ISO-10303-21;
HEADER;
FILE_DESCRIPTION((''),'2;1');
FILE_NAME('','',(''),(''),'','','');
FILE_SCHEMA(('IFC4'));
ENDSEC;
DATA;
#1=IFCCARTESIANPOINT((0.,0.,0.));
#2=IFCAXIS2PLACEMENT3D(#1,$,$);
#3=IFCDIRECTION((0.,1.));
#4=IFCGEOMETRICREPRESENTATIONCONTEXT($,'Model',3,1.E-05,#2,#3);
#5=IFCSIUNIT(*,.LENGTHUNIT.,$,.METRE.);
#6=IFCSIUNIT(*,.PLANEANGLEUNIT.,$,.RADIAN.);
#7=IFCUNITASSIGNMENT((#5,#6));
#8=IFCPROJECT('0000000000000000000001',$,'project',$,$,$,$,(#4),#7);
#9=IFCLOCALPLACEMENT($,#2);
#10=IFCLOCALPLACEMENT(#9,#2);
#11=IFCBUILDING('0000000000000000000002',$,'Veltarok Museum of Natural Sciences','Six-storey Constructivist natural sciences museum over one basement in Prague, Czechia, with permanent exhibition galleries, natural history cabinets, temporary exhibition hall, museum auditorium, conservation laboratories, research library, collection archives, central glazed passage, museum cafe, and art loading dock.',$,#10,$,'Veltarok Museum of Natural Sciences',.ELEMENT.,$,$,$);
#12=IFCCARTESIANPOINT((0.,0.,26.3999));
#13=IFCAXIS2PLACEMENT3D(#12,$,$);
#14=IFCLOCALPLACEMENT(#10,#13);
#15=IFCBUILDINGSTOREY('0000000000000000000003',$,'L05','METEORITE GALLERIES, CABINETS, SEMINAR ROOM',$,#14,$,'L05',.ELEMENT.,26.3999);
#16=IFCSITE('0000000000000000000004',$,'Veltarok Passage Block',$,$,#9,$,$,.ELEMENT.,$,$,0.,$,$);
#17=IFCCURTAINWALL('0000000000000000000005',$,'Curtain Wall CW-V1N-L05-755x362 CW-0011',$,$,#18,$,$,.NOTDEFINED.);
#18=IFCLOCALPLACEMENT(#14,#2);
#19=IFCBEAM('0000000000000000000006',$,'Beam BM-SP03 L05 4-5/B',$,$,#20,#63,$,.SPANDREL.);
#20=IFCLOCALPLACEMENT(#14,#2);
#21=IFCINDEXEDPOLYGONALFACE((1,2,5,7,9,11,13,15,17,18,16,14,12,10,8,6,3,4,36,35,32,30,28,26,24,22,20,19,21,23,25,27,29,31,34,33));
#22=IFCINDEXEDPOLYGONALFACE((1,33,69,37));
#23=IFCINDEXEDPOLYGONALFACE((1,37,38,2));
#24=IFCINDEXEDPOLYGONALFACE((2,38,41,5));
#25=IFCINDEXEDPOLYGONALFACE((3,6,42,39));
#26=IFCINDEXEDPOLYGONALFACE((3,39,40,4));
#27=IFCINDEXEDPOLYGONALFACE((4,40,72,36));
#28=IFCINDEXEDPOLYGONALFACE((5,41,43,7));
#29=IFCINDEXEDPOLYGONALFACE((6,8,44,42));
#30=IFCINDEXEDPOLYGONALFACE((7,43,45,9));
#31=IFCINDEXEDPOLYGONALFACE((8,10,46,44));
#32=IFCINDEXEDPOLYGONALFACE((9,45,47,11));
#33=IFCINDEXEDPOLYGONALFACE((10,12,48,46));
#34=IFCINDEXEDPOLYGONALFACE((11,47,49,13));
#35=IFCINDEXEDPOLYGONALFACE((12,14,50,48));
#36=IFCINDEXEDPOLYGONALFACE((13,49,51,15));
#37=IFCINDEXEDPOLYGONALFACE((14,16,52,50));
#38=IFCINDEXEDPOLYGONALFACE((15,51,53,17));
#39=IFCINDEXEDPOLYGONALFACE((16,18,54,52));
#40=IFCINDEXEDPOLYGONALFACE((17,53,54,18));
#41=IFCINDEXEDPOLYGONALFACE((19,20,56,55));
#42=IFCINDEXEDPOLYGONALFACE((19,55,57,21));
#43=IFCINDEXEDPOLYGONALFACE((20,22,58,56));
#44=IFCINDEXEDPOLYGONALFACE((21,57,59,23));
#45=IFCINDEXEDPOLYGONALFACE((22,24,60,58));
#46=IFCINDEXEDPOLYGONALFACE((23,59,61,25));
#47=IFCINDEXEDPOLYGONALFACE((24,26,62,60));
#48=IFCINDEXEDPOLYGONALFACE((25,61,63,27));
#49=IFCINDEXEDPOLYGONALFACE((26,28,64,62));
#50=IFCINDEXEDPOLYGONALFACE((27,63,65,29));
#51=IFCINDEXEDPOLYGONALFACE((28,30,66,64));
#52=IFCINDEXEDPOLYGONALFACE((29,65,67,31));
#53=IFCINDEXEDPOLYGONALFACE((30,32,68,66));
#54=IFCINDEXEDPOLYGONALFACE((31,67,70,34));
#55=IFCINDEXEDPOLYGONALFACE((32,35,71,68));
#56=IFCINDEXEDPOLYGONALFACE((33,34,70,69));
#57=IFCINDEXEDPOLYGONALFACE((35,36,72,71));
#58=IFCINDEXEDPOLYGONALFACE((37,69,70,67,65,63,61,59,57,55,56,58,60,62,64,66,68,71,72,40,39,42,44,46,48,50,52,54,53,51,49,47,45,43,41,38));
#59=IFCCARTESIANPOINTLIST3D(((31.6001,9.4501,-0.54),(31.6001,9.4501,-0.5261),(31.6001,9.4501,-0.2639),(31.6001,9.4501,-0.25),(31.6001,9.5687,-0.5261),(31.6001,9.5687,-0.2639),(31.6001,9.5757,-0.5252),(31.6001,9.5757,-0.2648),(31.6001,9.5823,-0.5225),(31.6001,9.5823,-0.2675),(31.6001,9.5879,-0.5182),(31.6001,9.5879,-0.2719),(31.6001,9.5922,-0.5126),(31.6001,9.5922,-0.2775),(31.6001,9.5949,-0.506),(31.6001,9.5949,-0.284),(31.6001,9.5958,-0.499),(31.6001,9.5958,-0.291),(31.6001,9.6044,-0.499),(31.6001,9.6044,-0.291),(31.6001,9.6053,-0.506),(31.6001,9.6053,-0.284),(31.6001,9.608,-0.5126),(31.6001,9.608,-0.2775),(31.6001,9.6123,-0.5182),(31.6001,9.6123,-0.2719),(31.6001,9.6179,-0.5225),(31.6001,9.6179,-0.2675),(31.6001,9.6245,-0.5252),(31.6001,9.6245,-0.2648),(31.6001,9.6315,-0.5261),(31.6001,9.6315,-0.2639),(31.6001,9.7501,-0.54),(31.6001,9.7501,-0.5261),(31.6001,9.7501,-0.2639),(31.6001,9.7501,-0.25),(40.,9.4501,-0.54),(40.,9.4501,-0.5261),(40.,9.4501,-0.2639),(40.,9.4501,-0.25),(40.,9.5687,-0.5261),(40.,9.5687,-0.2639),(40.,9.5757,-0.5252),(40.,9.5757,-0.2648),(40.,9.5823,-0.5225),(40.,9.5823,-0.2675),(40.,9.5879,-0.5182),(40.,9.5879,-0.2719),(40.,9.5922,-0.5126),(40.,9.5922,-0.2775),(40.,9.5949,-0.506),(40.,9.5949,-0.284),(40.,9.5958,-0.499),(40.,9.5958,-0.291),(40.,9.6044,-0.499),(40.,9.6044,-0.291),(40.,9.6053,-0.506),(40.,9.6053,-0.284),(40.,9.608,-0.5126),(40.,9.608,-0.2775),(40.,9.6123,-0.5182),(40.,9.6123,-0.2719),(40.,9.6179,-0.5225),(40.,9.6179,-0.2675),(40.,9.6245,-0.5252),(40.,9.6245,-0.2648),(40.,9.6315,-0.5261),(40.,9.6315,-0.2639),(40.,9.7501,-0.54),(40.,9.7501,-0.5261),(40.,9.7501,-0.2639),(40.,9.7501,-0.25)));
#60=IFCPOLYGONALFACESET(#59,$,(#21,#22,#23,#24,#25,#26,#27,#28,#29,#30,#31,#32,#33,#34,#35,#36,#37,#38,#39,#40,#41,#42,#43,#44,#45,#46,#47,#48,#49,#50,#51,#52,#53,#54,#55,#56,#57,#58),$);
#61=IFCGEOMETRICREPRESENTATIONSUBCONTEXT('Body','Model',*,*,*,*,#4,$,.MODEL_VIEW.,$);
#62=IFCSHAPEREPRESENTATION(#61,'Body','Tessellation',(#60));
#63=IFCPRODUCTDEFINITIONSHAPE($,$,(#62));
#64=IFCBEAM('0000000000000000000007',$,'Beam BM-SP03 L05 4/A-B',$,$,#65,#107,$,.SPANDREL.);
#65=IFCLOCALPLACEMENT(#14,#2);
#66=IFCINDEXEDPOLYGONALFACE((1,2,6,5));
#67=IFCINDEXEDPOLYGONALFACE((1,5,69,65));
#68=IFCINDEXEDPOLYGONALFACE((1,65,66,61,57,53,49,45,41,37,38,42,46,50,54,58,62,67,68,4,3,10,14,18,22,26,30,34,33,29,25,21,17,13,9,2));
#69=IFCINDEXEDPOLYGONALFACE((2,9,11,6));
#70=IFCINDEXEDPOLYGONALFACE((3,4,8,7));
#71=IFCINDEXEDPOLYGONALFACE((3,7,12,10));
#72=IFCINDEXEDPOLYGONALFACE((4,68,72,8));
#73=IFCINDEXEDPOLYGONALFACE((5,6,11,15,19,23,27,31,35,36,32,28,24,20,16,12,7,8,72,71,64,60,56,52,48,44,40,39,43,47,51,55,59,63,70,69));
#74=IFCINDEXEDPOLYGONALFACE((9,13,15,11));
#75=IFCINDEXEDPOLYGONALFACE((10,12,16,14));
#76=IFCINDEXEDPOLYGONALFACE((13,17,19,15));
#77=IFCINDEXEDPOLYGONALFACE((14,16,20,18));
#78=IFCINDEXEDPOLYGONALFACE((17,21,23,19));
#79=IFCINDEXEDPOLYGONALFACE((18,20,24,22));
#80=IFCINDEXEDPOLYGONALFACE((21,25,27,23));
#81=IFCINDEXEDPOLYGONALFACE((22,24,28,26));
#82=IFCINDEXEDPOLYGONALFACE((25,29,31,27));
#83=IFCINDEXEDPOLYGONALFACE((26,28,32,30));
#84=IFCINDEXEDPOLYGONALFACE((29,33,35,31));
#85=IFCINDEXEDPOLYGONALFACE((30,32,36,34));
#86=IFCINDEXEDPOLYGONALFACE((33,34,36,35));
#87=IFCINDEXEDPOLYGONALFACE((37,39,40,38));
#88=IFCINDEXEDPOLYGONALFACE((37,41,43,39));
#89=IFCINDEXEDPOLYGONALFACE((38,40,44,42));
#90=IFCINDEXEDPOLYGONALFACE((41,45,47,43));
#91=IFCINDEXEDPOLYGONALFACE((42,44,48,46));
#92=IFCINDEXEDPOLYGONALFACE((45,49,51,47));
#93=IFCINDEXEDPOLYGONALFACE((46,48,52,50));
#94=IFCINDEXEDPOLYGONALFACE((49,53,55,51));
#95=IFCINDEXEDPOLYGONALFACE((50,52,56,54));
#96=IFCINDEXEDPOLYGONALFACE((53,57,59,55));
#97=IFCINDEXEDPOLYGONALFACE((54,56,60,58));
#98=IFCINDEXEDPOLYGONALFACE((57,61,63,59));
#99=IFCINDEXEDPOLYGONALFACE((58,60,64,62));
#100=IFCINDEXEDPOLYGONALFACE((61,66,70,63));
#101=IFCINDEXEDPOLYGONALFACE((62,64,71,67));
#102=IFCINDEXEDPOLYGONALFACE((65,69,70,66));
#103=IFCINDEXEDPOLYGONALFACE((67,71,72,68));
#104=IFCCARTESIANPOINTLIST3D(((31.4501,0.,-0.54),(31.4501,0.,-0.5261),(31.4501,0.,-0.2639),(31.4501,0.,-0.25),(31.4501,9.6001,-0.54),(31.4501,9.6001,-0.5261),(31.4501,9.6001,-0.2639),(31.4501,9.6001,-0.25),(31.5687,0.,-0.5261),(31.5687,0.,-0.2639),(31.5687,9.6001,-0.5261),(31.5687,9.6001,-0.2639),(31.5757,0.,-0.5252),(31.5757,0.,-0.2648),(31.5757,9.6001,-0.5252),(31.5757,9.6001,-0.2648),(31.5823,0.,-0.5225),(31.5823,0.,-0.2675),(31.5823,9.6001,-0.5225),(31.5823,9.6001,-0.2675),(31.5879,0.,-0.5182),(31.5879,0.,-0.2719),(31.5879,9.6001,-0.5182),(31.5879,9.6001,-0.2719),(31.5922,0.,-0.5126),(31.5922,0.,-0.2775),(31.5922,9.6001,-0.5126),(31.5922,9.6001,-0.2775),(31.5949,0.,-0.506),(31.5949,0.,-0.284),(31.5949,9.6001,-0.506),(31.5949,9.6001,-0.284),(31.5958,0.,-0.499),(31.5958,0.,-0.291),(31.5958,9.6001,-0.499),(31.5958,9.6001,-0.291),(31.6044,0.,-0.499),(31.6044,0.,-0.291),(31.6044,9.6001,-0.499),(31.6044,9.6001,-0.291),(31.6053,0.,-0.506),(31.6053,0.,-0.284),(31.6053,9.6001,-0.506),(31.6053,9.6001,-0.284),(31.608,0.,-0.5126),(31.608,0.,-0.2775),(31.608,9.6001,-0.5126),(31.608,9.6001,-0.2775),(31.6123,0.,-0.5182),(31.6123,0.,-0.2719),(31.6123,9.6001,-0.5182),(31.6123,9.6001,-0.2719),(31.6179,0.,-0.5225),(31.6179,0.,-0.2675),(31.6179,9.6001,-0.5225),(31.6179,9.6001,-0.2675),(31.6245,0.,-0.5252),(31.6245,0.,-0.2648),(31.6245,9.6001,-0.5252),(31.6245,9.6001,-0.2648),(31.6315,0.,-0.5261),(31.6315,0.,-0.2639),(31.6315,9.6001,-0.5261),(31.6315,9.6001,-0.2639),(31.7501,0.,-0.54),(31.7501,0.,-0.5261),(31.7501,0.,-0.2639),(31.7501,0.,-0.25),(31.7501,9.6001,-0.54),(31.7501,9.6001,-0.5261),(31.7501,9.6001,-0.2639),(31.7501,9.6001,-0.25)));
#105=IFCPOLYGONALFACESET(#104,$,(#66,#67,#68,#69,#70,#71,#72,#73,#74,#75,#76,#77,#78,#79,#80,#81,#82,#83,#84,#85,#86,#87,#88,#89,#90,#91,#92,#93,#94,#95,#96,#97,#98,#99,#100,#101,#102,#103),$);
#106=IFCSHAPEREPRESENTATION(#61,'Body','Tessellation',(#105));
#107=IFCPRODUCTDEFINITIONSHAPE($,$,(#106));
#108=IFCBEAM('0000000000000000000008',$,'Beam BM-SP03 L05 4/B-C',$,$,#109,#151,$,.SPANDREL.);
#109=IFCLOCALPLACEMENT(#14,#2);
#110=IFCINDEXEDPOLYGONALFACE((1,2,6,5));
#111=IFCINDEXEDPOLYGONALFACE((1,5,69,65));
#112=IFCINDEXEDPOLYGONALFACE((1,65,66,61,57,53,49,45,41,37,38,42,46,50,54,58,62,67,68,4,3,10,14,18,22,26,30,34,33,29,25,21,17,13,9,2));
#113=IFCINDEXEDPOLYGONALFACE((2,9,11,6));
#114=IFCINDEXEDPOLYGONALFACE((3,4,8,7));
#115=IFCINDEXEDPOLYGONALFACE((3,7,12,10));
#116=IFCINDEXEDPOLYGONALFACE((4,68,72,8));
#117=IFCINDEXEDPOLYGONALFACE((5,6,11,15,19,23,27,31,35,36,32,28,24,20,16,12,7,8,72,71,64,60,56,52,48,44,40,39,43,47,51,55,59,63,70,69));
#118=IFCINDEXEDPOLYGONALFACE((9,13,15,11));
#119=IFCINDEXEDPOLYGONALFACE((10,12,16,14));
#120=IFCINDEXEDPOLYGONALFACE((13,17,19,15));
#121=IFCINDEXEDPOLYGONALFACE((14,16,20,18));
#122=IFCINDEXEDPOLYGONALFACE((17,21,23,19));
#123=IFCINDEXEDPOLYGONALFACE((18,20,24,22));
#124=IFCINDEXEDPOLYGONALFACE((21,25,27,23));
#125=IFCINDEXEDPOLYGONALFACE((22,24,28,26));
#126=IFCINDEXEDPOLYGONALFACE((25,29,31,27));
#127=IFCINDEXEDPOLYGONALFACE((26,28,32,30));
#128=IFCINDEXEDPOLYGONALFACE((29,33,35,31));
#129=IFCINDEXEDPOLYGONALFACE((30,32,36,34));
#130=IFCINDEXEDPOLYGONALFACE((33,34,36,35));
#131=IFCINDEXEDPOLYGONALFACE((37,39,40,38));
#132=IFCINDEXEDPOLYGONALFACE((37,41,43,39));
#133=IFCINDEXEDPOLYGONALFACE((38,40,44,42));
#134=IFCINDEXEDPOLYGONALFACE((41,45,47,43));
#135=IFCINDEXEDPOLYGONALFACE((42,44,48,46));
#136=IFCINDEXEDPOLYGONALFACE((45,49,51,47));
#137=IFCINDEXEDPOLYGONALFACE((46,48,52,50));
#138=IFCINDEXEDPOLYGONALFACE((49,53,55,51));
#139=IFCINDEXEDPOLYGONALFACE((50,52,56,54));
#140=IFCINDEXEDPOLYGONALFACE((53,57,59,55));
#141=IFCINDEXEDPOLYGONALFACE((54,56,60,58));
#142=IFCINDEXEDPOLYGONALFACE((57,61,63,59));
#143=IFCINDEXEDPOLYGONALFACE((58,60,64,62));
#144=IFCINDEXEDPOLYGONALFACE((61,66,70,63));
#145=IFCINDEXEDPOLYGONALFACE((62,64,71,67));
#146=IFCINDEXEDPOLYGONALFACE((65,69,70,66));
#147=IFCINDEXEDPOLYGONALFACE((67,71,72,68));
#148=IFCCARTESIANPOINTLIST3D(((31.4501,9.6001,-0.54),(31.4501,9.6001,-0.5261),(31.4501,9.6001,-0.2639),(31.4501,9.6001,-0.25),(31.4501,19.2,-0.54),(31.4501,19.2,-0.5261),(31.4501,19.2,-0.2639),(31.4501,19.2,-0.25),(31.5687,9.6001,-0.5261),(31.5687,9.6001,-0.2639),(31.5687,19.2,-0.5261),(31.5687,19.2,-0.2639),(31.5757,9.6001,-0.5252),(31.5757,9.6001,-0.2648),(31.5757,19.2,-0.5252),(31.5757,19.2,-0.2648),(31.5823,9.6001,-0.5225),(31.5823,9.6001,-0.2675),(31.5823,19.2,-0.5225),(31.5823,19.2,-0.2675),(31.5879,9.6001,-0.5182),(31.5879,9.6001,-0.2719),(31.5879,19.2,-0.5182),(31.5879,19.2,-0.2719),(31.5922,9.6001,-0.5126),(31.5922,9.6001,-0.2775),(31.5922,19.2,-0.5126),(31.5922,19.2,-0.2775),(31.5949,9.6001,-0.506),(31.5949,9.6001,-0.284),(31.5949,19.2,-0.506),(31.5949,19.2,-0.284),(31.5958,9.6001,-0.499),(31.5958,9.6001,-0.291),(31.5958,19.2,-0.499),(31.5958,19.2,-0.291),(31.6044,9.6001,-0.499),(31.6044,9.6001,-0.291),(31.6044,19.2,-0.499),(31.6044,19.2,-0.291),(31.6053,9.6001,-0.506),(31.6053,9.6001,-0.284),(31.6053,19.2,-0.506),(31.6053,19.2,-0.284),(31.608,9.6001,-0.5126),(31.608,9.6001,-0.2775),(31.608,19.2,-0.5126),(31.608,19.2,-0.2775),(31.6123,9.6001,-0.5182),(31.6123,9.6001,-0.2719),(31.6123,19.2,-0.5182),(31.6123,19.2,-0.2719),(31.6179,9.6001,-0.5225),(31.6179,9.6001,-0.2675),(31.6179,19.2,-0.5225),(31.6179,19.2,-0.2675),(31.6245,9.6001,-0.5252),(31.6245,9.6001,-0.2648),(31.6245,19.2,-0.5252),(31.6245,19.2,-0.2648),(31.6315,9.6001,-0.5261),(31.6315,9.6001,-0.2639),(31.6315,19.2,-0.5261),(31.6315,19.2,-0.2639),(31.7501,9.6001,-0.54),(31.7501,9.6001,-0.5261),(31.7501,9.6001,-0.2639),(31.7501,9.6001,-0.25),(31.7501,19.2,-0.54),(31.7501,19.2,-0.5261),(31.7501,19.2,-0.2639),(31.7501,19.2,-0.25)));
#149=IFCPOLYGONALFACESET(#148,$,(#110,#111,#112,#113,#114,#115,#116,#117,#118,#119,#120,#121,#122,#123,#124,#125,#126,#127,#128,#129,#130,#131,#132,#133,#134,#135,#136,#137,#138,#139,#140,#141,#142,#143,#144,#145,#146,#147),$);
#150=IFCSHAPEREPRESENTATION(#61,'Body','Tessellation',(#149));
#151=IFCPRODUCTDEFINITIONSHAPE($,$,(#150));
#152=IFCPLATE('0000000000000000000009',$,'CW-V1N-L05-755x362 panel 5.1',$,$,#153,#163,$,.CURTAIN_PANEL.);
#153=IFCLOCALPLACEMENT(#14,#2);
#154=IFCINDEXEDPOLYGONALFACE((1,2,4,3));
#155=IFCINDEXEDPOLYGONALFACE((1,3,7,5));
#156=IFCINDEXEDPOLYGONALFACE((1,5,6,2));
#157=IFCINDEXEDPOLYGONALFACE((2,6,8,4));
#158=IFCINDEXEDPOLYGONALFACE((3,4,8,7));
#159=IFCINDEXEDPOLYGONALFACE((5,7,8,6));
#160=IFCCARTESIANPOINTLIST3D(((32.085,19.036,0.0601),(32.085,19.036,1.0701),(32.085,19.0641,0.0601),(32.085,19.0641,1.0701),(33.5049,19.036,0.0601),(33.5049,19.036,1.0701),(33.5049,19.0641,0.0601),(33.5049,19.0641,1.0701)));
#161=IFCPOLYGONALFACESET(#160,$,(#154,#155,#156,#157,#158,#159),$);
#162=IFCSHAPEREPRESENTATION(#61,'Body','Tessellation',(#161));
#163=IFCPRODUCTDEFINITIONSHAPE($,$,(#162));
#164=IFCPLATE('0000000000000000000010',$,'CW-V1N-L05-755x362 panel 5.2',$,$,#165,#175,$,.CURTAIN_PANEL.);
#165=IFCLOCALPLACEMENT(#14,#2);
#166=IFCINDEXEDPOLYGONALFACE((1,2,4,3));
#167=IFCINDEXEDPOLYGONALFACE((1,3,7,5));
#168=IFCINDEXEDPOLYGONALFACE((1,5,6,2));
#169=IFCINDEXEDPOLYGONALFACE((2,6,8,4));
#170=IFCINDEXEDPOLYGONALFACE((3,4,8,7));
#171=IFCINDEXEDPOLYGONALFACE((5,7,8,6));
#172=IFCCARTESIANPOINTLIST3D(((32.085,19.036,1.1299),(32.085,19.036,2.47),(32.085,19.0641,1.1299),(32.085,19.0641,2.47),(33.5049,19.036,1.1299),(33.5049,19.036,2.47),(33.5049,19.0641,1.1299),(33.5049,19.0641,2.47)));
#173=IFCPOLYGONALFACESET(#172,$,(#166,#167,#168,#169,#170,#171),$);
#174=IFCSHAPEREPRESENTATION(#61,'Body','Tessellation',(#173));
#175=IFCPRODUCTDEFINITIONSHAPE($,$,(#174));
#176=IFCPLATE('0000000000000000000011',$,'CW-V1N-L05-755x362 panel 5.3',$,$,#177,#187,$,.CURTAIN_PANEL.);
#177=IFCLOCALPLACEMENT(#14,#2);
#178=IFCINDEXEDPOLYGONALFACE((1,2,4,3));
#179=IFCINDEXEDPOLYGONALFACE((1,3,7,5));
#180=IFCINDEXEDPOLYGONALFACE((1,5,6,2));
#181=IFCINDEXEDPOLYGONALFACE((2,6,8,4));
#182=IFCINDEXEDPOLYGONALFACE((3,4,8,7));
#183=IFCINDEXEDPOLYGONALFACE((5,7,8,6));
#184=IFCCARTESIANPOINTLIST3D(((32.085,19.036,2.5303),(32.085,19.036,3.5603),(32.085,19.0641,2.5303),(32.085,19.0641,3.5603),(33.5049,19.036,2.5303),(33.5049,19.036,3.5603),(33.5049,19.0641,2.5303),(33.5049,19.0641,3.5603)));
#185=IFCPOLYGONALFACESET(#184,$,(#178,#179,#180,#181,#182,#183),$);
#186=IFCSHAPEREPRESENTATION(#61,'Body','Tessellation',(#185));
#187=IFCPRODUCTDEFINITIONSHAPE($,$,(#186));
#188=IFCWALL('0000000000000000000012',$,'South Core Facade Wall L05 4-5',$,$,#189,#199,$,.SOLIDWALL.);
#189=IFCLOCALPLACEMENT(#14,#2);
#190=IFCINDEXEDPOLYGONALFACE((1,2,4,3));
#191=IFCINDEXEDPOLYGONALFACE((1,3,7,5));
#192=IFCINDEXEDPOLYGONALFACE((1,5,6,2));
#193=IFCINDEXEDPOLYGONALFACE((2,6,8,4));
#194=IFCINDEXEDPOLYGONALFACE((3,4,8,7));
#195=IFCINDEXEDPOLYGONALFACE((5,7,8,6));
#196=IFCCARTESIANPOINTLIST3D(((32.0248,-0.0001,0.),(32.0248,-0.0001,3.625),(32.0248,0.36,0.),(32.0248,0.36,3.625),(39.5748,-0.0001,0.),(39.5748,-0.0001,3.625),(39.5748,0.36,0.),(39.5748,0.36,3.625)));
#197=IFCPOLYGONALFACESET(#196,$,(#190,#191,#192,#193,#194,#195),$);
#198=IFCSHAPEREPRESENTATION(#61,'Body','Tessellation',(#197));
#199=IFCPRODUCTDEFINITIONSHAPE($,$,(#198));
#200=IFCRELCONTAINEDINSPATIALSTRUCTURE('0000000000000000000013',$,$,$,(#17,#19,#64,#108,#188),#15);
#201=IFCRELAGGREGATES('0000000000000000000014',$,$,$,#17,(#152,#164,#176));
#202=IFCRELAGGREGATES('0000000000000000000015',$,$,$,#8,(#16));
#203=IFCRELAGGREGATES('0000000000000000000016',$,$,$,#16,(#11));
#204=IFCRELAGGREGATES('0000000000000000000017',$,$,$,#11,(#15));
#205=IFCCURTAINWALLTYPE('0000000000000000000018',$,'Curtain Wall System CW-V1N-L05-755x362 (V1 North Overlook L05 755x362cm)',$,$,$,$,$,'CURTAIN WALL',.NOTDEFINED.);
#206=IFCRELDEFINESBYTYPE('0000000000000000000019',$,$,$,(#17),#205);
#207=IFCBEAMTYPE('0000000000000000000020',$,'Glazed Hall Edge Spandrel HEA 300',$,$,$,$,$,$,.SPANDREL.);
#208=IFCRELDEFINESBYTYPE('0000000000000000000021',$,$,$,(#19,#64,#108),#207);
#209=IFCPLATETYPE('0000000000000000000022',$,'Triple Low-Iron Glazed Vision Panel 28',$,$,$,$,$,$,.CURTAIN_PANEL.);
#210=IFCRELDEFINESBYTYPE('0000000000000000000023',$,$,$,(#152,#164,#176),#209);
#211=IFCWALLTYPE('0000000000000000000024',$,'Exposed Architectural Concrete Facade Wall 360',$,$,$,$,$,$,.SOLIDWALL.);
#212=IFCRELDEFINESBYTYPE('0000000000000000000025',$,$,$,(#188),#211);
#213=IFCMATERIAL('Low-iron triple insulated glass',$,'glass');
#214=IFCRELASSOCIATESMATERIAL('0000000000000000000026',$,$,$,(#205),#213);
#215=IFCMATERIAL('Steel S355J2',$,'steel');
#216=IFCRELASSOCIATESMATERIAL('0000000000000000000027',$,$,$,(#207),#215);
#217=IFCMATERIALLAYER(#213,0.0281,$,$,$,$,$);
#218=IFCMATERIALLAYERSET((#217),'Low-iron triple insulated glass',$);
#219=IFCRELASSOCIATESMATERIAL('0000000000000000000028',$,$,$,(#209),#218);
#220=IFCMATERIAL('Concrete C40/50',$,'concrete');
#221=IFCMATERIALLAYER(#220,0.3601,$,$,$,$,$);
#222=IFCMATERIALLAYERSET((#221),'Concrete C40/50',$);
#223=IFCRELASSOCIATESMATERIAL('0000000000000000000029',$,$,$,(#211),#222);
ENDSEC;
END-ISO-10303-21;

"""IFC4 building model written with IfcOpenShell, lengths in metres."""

from ifc_helpers import new_model, si_unit, direction, frame, frame_2d, origin, origin_2d, place, context, subcontext, project, spatial, rectangle, i_section, extrude, material, layer, layer_set, material_profile, profile_set, type_object, element, aggregate, save


model = new_model("IFC4")

# Units and contexts
model_context = context("Model", 3, precision=1e-05, world=origin(), true_north=direction((0.0, 1.0)))
body_context = subcontext(model_context, "Body", "Model", "MODEL_VIEW")
ifc_project = project(units=[si_unit("LENGTHUNIT", "METRE"), si_unit("PLANEANGLEUNIT", "RADIAN")], contexts=[model_context])

# Site, building, storey
site_placement = place(None, origin())
site = spatial("IfcSite", under=ifc_project, at=site_placement, Name="Veltarok Passage Block", CompositionType="ELEMENT", RefElevation=0.0)
building_placement = place(site_placement, origin())
building = spatial("IfcBuilding", under=site, at=building_placement, Name="Veltarok Museum of Natural Sciences", Description="Six-storey Constructivist natural sciences museum over one basement in Prague, Czechia, with permanent exhibition galleries, natural history cabinets, temporary exhibition hall, museum auditorium, conservation laboratories, research library, collection archives, central glazed passage, museum cafe, and art loading dock.", LongName="Veltarok Museum of Natural Sciences", CompositionType="ELEMENT")
storey_placement = place(building_placement, frame((0.0, 0.0, 26.3999)))
storey = spatial("IfcBuildingStorey", under=building, at=storey_placement, Name="L05", Description="METEORITE GALLERIES, CABINETS, SEMINAR ROOM", LongName="L05", CompositionType="ELEMENT", Elevation=26.3999)

# Shared definitions
ifc_material_1 = material(Name="Concrete C40/50", Category="concrete")
ifc_material_2 = material(Name="Steel S355J2", Category="steel")

# Curtain wall
ifc_material_3 = material(Name="Low-iron triple insulated glass", Category="glass")
curtain_wall_type = type_object("IfcCurtainWallType", Name="Curtain Wall System CW-V1N-L05-755x362 (V1 North Overlook L05 755x362cm)", ElementType="CURTAIN WALL", PredefinedType="NOTDEFINED", material=ifc_material_3)
curtain_wall_placement = place(storey_placement, origin())
curtain_wall = element("IfcCurtainWall", 1, at=curtain_wall_placement, inside=storey, type_object=curtain_wall_type, Name="Curtain Wall CW-V1N-L05-755x362 CW-0011", PredefinedType="NOTDEFINED")

# Beams
ifc_material_profile_1 = material_profile(ifc_material_2, i_section(OverallWidth=0.3, OverallDepth=0.29, WebThickness=0.0085, FlangeThickness=0.0139, FilletRadius=0.0271, at=origin_2d()), Name="HEA 300")
ifc_profile_set_1 = profile_set([ifc_material_profile_1], Name="Steel S355J2")
beam_type_1 = type_object("IfcBeamType", Name="Glazed Hall Edge Spandrel HEA 300", PredefinedType="SPANDREL", material=ifc_profile_set_1)
beam_1_placement = place(storey_placement, frame((31.6001, 9.6001, -0.395), z_axis=(1.0, 0.0, 0.0), x_axis=(0.0, 1.0, 0.0)))
element("IfcBeam", 2, at=beam_1_placement, inside=storey, type_object=beam_type_1, Name="Beam BM-SP03 L05 4-5/B", PredefinedType="SPANDREL", context=body_context, shape_type="SweptSolid", body=[
    extrude(i_section(OverallWidth=0.3, OverallDepth=0.29, WebThickness=0.0085, FlangeThickness=0.0139, FilletRadius=0.0271, at=origin_2d()), origin(), (0.0, 0.0, 1.0), 8.3999),
])
beam_2_placement = place(storey_placement, frame((31.6001, 0.0, -0.395), z_axis=(0.0, 1.0, 0.0), x_axis=(-1.0, 0.0, 0.0)))
element("IfcBeam", 3, at=beam_2_placement, inside=storey, type_object=beam_type_1, Name="Beam BM-SP03 L05 4/A-B", PredefinedType="SPANDREL", context=body_context, shape_type="SweptSolid", body=[
    extrude(i_section(OverallWidth=0.3, OverallDepth=0.29, WebThickness=0.0085, FlangeThickness=0.0139, FilletRadius=0.0271, at=origin_2d()), origin(), (0.0, 0.0, 1.0), 9.6001),
])
beam_3_placement = place(storey_placement, frame((31.6001, 9.6001, -0.395), z_axis=(0.0, 1.0, 0.0), x_axis=(-1.0, 0.0, 0.0)))
element("IfcBeam", 4, at=beam_3_placement, inside=storey, type_object=beam_type_1, Name="Beam BM-SP03 L05 4/B-C", PredefinedType="SPANDREL", context=body_context, shape_type="SweptSolid", body=[
    extrude(i_section(OverallWidth=0.3, OverallDepth=0.29, WebThickness=0.0085, FlangeThickness=0.0139, FilletRadius=0.0271, at=origin_2d()), origin(), (0.0, 0.0, 1.0), 9.5999),
])

# Plates
ifc_layer_1 = layer(ifc_material_3, 0.0281)
ifc_layer_set_1 = layer_set([ifc_layer_1], Name="Low-iron triple insulated glass")
plate_type = type_object("IfcPlateType", Name="Triple Low-Iron Glazed Vision Panel 28", PredefinedType="CURTAIN_PANEL", material=ifc_layer_set_1)
plate_1_placement = place(storey_placement, frame((32.7949, 19.05, 0.0601), z_axis=(0.0, 0.0, 1.0), x_axis=(-1.0, 0.0, 0.0)))
plate_1 = element("IfcPlate", 5, at=plate_1_placement, type_object=plate_type, Name="CW-V1N-L05-755x362 panel 5.1", PredefinedType="CURTAIN_PANEL", context=body_context, shape_type="SweptSolid", body=[
    extrude(rectangle(XDim=1.4199, YDim=0.0281, at=origin_2d()), origin(), (0.0, 0.0, 1.0), 1.01),
])
plate_2_placement = place(storey_placement, frame((32.7949, 19.05, 1.1299), z_axis=(0.0, 0.0, 1.0), x_axis=(-1.0, 0.0, 0.0)))
plate_2 = element("IfcPlate", 6, at=plate_2_placement, type_object=plate_type, Name="CW-V1N-L05-755x362 panel 5.2", PredefinedType="CURTAIN_PANEL", context=body_context, shape_type="SweptSolid", body=[
    extrude(rectangle(XDim=1.4199, YDim=0.0281, at=origin_2d()), origin(), (0.0, 0.0, 1.0), 1.3401),
])
plate_3_placement = place(storey_placement, frame((32.7949, 19.05, 2.5303), z_axis=(0.0, 0.0, 1.0), x_axis=(-1.0, 0.0, 0.0)))
plate_3 = element("IfcPlate", 7, at=plate_3_placement, type_object=plate_type, Name="CW-V1N-L05-755x362 panel 5.3", PredefinedType="CURTAIN_PANEL", context=body_context, shape_type="SweptSolid", body=[
    extrude(rectangle(XDim=1.4199, YDim=0.0281, at=origin_2d()), origin(), (0.0, 0.0, 1.0), 1.03),
])
aggregate(curtain_wall, [plate_1, plate_2, plate_3])

# Wall
ifc_layer_2 = layer(ifc_material_1, 0.3601)
ifc_layer_set_2 = layer_set([ifc_layer_2], Name="Concrete C40/50")
wall_type_1 = type_object("IfcWallType", Name="Exposed Architectural Concrete Facade Wall 360", PredefinedType="SOLIDWALL", material=ifc_layer_set_2)
wall_1_placement = place(storey_placement, frame((32.0249, 0.1799, 0.0), z_axis=(0.0, 0.0, 1.0), x_axis=(1.0, 0.0, 0.0)))
element("IfcWall", 8, at=wall_1_placement, inside=storey, type_object=wall_type_1, Name="South Core Facade Wall L05 4-5", PredefinedType="SOLIDWALL", context=body_context, shape_type="SweptSolid", body=[
    extrude(rectangle(XDim=7.55, YDim=0.3601, at=frame_2d((3.7749, 0.0))), origin(), (0.0, 0.0, 1.0), 3.625),
])

save(model, "model.ifc")
